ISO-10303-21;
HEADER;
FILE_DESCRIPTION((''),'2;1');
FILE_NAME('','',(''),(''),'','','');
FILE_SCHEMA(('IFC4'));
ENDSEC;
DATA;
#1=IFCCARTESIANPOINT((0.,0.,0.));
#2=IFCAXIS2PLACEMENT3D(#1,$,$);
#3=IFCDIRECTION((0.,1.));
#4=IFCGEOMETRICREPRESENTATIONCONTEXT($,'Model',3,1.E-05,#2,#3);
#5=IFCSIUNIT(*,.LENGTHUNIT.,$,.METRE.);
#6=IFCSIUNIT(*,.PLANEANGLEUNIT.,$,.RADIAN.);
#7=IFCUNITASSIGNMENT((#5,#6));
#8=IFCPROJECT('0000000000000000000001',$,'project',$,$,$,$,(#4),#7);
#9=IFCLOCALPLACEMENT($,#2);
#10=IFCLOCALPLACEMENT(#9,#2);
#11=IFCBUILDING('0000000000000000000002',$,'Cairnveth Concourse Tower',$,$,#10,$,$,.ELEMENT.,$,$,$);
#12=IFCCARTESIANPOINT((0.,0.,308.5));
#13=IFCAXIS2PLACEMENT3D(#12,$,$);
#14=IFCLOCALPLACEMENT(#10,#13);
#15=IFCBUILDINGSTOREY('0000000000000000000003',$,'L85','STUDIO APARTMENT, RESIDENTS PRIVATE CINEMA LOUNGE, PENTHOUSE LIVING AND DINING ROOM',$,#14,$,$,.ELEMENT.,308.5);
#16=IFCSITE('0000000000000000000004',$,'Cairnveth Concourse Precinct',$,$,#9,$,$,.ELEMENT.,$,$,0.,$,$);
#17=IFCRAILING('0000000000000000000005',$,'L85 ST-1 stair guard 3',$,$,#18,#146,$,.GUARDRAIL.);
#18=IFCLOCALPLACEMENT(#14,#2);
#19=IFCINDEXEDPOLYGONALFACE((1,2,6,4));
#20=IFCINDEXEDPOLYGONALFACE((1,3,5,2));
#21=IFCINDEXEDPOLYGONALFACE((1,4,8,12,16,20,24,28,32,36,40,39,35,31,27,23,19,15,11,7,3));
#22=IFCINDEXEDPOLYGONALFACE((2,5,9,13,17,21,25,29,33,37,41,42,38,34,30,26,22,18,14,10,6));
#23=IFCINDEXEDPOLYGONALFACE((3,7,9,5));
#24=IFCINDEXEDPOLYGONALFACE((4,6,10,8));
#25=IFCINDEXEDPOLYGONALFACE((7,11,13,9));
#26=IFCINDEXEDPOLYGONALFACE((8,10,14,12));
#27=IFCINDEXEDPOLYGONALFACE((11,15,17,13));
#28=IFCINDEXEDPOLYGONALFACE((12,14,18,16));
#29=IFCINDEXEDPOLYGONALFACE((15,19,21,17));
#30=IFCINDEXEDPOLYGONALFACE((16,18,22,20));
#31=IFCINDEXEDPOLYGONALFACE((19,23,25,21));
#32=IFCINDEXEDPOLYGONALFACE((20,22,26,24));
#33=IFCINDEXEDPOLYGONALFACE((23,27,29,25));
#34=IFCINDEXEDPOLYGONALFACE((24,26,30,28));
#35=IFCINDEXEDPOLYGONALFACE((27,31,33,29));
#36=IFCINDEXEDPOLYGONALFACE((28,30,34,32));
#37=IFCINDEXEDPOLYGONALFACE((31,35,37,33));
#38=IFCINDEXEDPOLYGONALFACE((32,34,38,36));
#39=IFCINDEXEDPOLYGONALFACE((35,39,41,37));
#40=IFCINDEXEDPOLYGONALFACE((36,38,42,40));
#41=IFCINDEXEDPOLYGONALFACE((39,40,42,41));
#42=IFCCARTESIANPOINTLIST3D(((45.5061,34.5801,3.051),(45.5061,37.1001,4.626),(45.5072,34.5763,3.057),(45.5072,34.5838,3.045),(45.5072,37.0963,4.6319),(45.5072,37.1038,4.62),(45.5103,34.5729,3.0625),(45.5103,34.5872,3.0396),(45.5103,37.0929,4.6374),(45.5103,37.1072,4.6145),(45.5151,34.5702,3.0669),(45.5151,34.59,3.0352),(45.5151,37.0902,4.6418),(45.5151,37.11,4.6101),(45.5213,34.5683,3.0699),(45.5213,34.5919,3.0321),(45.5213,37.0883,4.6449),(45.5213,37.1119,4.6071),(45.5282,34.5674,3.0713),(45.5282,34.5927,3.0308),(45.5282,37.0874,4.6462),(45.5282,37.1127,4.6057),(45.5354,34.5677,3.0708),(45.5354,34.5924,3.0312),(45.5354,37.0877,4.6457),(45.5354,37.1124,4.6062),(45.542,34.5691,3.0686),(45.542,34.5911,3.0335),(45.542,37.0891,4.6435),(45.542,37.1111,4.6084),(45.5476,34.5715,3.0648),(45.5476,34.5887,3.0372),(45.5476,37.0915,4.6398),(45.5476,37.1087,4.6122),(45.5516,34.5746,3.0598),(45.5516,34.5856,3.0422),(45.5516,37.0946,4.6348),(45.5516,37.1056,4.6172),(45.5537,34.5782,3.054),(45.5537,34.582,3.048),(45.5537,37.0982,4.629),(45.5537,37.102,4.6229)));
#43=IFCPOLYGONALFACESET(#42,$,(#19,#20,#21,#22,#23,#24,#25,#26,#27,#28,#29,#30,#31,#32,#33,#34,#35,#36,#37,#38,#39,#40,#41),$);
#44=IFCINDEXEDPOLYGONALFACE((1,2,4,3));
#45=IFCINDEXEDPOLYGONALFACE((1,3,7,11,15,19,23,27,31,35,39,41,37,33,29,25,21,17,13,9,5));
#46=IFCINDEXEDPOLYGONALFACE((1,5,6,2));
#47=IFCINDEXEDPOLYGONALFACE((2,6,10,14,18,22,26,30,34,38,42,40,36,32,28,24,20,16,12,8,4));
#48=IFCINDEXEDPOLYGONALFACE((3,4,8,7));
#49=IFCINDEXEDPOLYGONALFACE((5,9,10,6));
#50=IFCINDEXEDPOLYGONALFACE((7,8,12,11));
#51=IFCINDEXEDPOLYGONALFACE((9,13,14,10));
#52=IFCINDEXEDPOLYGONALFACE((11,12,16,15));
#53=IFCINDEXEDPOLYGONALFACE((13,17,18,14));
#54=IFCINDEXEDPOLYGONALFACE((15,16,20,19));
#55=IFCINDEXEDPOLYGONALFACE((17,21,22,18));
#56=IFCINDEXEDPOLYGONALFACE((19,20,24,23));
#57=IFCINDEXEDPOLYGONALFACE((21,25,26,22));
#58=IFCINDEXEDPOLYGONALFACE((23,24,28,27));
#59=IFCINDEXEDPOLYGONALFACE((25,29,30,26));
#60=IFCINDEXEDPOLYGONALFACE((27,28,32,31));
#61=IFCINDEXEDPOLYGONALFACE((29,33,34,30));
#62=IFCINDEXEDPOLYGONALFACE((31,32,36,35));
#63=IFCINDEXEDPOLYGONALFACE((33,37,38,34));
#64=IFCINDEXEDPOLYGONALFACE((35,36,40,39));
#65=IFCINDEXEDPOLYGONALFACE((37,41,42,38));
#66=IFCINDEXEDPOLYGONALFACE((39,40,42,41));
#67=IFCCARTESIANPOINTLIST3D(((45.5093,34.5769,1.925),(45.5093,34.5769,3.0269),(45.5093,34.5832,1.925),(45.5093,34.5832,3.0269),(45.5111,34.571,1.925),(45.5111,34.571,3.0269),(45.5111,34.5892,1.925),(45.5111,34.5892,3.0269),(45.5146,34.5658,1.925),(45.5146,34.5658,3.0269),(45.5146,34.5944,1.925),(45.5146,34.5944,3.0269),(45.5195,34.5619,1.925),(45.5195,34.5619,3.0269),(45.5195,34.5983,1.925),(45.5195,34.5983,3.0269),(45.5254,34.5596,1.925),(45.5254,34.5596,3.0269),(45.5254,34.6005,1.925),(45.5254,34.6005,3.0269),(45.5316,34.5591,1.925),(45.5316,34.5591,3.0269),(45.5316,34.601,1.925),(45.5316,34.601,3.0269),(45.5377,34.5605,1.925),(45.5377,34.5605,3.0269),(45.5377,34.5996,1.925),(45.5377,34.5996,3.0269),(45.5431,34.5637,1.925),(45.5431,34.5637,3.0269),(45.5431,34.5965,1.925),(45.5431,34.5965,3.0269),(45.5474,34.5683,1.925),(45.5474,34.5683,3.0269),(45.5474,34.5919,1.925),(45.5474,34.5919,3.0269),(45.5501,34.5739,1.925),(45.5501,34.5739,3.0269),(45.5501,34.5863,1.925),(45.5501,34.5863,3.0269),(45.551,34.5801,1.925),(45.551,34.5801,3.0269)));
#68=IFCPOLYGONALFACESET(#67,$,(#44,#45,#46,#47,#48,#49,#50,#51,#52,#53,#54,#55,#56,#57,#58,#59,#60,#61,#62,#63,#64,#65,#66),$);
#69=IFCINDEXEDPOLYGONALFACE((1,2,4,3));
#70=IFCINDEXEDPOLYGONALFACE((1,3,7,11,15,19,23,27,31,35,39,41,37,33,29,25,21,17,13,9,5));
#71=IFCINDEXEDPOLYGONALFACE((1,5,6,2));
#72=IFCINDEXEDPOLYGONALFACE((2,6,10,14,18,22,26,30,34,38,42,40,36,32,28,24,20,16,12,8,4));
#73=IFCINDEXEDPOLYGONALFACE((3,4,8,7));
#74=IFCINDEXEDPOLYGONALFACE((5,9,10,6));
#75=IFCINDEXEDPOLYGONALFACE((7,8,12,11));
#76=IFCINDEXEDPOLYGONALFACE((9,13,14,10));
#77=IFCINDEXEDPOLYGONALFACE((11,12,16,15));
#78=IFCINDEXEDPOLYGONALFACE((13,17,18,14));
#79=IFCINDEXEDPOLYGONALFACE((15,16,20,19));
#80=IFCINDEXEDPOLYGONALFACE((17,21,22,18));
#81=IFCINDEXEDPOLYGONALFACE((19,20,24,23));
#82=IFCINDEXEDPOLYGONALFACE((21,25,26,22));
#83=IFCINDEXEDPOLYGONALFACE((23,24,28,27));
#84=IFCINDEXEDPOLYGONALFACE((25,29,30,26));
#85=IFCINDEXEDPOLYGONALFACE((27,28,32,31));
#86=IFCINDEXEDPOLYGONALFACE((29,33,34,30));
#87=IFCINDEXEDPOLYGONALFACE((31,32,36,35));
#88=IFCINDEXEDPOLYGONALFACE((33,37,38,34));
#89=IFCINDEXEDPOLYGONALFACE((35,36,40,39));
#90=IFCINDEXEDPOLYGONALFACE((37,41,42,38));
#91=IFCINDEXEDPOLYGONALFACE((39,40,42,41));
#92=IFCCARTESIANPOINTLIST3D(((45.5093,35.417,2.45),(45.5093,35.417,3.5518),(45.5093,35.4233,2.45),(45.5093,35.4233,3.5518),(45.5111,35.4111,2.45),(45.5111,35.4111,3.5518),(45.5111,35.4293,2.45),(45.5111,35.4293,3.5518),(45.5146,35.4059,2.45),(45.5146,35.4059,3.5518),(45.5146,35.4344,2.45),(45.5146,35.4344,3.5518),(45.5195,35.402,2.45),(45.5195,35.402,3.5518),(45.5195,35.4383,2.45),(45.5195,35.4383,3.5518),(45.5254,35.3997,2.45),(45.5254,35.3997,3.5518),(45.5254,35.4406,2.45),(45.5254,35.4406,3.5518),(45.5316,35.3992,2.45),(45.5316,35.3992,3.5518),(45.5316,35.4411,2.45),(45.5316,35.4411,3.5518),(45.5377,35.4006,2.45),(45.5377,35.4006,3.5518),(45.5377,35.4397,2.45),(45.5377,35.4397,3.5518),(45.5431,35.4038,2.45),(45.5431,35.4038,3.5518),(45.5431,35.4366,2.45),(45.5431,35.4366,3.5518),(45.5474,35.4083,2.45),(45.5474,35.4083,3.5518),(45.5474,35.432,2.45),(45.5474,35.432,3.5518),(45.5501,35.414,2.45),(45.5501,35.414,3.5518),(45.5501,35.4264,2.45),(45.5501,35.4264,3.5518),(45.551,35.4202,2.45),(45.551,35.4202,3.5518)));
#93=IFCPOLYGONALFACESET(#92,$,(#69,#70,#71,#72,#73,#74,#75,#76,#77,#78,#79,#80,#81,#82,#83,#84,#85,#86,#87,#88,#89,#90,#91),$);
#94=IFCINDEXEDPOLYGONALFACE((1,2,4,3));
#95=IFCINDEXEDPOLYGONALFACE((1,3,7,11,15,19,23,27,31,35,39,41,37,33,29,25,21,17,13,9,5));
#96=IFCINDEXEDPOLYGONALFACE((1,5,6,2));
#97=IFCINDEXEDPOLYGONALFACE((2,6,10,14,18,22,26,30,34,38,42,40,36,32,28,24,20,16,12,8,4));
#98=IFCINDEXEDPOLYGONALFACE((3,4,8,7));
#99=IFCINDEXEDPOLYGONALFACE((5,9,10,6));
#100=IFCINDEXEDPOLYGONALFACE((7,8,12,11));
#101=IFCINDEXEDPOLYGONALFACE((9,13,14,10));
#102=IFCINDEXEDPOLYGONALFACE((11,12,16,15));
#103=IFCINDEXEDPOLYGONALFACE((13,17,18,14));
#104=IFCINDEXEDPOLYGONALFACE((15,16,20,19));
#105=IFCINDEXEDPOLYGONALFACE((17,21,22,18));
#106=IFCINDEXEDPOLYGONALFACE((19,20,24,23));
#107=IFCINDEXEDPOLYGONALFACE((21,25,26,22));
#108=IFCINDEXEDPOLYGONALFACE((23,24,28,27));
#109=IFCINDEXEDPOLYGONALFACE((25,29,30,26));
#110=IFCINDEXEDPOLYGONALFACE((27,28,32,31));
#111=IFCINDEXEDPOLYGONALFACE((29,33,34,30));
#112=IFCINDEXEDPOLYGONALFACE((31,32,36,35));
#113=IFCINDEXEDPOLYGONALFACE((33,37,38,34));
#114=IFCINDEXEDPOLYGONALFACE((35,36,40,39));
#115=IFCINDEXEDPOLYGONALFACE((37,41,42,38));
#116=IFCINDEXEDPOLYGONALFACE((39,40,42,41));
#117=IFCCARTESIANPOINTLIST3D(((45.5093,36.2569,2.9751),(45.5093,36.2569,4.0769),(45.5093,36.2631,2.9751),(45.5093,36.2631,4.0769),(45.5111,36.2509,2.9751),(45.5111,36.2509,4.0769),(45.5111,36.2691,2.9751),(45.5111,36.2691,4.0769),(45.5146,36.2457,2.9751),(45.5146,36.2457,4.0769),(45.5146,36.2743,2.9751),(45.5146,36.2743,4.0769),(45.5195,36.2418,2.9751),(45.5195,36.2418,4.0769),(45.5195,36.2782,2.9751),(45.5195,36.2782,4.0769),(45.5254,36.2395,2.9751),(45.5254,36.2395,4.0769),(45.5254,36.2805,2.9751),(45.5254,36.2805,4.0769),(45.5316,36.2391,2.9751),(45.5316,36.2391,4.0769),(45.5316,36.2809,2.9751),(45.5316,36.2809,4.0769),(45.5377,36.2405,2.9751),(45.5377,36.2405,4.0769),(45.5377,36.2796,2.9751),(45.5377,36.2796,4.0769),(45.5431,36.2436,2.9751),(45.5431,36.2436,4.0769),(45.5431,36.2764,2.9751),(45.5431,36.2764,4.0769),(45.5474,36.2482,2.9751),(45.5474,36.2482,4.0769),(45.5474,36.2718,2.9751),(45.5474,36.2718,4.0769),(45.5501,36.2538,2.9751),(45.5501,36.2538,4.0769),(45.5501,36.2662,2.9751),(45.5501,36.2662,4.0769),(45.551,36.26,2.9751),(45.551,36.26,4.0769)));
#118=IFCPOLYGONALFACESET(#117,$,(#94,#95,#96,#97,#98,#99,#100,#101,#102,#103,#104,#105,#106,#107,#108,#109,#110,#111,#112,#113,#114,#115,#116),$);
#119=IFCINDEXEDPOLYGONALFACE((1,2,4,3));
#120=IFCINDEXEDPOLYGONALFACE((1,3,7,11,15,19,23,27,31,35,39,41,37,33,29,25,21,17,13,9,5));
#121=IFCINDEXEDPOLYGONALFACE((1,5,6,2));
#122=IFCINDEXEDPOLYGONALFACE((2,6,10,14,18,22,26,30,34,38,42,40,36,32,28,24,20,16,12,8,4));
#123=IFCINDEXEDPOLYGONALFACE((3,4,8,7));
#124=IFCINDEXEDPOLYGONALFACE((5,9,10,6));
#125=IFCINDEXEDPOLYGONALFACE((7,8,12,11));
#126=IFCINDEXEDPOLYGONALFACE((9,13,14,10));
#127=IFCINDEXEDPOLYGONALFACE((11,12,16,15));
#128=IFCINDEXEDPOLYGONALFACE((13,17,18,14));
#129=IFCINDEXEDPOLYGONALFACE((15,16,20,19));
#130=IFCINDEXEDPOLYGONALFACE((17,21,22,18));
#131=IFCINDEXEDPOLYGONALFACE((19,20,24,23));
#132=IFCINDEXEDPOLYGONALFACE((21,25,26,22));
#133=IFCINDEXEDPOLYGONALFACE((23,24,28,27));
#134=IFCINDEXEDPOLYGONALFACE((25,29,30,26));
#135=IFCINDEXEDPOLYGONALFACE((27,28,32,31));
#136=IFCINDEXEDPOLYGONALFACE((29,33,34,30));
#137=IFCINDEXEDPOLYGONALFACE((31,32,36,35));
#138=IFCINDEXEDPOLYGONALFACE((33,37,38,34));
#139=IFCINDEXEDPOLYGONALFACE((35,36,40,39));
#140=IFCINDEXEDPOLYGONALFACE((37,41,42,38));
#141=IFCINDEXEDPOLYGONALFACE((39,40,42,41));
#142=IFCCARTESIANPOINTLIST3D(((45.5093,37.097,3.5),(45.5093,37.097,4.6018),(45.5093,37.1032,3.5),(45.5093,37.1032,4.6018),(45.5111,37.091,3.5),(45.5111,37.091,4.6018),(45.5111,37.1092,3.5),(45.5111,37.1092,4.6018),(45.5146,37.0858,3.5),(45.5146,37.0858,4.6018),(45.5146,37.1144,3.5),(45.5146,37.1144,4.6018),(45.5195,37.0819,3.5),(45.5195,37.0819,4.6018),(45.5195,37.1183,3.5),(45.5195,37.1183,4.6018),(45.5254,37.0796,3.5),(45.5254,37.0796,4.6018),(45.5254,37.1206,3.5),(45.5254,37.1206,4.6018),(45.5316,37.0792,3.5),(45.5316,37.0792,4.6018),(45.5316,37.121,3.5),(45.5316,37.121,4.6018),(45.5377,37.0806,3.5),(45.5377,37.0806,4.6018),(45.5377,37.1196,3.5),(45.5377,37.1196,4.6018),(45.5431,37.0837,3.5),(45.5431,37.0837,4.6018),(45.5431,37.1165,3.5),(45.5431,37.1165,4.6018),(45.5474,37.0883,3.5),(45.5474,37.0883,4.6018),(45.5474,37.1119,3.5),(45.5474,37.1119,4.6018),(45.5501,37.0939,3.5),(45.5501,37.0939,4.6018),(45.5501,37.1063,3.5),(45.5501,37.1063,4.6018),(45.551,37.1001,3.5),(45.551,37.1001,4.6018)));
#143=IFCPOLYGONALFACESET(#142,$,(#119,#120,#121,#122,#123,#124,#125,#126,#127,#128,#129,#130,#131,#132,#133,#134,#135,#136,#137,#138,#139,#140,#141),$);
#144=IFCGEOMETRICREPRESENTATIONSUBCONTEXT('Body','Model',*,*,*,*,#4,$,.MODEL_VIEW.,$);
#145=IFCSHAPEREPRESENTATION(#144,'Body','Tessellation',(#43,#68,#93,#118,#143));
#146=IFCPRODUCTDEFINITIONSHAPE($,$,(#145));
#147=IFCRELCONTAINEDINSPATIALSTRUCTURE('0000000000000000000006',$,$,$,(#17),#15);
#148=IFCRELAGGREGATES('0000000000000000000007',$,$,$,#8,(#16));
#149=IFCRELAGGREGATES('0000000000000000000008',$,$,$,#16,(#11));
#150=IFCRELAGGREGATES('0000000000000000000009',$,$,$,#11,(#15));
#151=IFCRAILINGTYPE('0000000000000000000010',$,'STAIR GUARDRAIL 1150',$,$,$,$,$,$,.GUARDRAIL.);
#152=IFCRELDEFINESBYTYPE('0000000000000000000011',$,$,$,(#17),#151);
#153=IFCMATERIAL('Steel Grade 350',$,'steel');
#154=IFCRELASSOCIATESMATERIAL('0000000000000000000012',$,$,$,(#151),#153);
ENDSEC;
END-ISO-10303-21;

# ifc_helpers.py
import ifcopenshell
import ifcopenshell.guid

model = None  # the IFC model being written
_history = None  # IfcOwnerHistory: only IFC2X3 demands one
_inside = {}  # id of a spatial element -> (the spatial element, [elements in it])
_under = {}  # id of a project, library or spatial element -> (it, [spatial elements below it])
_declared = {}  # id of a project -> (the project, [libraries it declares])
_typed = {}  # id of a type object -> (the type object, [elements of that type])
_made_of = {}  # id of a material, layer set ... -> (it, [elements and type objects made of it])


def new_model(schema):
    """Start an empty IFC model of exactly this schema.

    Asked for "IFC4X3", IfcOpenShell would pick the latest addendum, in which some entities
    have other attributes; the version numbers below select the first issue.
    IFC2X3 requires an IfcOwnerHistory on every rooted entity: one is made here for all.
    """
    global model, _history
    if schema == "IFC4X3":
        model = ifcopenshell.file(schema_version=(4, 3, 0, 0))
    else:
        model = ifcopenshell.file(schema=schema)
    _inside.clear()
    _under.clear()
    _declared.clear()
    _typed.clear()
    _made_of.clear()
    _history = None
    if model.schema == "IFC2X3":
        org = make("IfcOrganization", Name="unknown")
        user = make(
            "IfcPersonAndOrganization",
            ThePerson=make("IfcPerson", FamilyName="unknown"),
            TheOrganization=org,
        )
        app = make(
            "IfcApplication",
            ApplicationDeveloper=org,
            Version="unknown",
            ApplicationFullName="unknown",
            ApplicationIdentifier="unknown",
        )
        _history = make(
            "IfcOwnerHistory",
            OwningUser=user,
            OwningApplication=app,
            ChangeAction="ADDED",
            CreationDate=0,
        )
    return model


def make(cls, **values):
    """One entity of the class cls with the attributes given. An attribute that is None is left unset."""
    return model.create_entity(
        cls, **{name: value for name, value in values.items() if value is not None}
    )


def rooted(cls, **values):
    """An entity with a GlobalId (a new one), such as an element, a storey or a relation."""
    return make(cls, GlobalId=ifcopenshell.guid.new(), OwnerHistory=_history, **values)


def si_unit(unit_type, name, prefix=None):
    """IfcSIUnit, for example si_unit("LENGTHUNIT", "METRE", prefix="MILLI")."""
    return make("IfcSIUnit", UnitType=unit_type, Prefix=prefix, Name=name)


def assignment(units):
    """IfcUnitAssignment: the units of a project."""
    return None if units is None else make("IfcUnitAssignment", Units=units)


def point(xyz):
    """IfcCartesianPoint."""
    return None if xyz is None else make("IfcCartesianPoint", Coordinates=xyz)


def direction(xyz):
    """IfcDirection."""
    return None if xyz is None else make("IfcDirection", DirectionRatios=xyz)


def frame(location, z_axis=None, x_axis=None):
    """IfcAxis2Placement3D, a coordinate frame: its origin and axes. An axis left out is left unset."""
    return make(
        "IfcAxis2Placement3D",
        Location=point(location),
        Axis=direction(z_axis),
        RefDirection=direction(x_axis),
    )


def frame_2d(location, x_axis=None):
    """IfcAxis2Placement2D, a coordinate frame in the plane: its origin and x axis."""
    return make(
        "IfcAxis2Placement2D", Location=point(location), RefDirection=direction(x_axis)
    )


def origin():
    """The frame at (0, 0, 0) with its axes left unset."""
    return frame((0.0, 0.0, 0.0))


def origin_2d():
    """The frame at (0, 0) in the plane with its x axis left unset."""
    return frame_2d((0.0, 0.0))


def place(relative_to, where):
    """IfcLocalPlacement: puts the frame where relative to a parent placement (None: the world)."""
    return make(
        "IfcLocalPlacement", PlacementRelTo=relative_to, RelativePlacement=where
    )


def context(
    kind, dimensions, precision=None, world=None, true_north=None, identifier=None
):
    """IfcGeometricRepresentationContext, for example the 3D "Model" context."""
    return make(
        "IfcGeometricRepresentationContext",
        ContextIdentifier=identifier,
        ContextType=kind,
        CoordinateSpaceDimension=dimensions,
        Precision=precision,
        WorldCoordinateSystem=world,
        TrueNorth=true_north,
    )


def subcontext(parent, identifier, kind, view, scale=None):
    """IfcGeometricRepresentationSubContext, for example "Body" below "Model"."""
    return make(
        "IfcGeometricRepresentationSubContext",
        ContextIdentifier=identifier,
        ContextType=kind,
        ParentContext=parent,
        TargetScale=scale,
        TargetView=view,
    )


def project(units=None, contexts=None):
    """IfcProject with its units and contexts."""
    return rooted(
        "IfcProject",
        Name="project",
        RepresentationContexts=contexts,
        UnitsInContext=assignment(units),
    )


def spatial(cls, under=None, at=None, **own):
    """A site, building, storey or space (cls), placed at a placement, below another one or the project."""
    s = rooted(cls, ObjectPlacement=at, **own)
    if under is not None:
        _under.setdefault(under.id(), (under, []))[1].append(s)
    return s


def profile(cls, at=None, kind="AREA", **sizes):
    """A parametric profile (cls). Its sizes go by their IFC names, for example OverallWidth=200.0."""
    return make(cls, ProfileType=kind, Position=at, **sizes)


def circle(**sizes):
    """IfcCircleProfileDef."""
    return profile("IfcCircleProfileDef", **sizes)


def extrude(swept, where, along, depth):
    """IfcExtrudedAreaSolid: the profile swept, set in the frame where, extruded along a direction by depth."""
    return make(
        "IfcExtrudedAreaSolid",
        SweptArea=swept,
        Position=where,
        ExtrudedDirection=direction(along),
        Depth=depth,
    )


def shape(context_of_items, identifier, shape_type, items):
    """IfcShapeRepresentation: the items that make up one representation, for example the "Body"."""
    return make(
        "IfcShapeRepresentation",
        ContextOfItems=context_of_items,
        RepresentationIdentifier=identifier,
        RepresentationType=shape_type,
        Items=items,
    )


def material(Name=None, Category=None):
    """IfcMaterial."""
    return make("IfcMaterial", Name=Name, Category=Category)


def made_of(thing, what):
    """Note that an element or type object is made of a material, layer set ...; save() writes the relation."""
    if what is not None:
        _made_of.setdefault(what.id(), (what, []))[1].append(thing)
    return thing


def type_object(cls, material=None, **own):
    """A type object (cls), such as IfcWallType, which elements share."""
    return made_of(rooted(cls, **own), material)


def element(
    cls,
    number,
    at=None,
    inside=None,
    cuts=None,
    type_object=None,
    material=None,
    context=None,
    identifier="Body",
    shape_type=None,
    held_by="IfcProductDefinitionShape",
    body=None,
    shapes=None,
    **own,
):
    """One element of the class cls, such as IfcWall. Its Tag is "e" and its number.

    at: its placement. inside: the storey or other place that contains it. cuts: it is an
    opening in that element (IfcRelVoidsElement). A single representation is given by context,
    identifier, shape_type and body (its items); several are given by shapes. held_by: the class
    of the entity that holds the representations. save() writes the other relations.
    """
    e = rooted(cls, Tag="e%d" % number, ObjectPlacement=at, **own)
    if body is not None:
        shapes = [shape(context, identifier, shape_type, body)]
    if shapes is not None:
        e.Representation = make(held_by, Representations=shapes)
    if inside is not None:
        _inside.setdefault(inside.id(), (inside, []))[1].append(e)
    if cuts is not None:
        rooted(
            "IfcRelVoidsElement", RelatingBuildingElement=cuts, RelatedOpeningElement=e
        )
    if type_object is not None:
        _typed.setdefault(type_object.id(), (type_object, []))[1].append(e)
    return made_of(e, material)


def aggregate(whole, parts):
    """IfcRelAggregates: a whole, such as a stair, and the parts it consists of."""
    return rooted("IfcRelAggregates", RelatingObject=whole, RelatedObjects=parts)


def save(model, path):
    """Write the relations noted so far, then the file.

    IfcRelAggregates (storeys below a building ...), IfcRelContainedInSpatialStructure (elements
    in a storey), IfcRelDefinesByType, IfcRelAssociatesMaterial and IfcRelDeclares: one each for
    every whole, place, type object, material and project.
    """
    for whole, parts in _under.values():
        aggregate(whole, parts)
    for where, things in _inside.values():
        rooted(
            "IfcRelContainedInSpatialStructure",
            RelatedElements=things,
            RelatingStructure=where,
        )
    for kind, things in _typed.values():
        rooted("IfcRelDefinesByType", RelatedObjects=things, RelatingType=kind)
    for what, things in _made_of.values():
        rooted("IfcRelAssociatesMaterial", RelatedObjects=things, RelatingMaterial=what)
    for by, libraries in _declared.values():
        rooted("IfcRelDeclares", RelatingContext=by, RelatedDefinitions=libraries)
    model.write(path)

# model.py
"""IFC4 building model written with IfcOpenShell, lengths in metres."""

from ifc_helpers import new_model, si_unit, direction, frame, origin, origin_2d, place, context, subcontext, project, spatial, circle, extrude, material, type_object, element, save


model = new_model("IFC4")

# Units and contexts
model_context = context("Model", 3, precision=1e-05, world=origin(), true_north=direction((0.0, 1.0)))
body_context = subcontext(model_context, "Body", "Model", "MODEL_VIEW")
ifc_project = project(units=[si_unit("LENGTHUNIT", "METRE"), si_unit("PLANEANGLEUNIT", "RADIAN")], contexts=[model_context])

# Site, building, storey
site_placement = place(None, origin())
site = spatial("IfcSite", under=ifc_project, at=site_placement, Name="Cairnveth Concourse Precinct", CompositionType="ELEMENT", RefElevation=0.0)
building_placement = place(site_placement, origin())
building = spatial("IfcBuilding", under=site, at=building_placement, Name="Cairnveth Concourse Tower", CompositionType="ELEMENT")
storey_placement = place(building_placement, frame((0.0, 0.0, 308.5)))
storey = spatial("IfcBuildingStorey", under=building, at=storey_placement, Name="L85", Description="STUDIO APARTMENT, RESIDENTS PRIVATE CINEMA LOUNGE, PENTHOUSE LIVING AND DINING ROOM", CompositionType="ELEMENT", Elevation=308.5)

# Shared definitions
ifc_material_1 = material(Name="Steel Grade 350", Category="steel")

# Railing
railing_type_1 = type_object("IfcRailingType", Name="STAIR GUARDRAIL 1150", PredefinedType="GUARDRAIL", material=ifc_material_1)
railing_1_placement = place(storey_placement, frame((45.53, 34.5801, 1.925)))
element("IfcRailing", 1, at=railing_1_placement, inside=storey, type_object=railing_type_1, Name="L85 ST-1 stair guard 3", PredefinedType="GUARDRAIL", context=body_context, shape_type="SweptSolid", body=[
    extrude(circle(Radius=0.0239, at=origin_2d()), frame((0.0, 0.0, 1.126), z_axis=(0.0, 0.848008, 0.529984), x_axis=(-1.0, 0.0, 0.0)), (0.0, 0.0, 1.0), 2.9717),
    extrude(circle(Radius=0.021, at=origin_2d()), origin(), (0.0, 0.0, 1.0), 1.1018),
    extrude(circle(Radius=0.021, at=origin_2d()), frame((0.0, 0.8401, 0.5249)), (0.0, 0.0, 1.0), 1.1018),
    extrude(circle(Radius=0.021, at=origin_2d()), frame((0.0, 1.6799, 1.05)), (0.0, 0.0, 1.0), 1.1018),
    extrude(circle(Radius=0.021, at=origin_2d()), frame((0.0, 2.52, 1.575)), (0.0, 0.0, 1.0), 1.1018),
])

save(model, "model.ifc")
